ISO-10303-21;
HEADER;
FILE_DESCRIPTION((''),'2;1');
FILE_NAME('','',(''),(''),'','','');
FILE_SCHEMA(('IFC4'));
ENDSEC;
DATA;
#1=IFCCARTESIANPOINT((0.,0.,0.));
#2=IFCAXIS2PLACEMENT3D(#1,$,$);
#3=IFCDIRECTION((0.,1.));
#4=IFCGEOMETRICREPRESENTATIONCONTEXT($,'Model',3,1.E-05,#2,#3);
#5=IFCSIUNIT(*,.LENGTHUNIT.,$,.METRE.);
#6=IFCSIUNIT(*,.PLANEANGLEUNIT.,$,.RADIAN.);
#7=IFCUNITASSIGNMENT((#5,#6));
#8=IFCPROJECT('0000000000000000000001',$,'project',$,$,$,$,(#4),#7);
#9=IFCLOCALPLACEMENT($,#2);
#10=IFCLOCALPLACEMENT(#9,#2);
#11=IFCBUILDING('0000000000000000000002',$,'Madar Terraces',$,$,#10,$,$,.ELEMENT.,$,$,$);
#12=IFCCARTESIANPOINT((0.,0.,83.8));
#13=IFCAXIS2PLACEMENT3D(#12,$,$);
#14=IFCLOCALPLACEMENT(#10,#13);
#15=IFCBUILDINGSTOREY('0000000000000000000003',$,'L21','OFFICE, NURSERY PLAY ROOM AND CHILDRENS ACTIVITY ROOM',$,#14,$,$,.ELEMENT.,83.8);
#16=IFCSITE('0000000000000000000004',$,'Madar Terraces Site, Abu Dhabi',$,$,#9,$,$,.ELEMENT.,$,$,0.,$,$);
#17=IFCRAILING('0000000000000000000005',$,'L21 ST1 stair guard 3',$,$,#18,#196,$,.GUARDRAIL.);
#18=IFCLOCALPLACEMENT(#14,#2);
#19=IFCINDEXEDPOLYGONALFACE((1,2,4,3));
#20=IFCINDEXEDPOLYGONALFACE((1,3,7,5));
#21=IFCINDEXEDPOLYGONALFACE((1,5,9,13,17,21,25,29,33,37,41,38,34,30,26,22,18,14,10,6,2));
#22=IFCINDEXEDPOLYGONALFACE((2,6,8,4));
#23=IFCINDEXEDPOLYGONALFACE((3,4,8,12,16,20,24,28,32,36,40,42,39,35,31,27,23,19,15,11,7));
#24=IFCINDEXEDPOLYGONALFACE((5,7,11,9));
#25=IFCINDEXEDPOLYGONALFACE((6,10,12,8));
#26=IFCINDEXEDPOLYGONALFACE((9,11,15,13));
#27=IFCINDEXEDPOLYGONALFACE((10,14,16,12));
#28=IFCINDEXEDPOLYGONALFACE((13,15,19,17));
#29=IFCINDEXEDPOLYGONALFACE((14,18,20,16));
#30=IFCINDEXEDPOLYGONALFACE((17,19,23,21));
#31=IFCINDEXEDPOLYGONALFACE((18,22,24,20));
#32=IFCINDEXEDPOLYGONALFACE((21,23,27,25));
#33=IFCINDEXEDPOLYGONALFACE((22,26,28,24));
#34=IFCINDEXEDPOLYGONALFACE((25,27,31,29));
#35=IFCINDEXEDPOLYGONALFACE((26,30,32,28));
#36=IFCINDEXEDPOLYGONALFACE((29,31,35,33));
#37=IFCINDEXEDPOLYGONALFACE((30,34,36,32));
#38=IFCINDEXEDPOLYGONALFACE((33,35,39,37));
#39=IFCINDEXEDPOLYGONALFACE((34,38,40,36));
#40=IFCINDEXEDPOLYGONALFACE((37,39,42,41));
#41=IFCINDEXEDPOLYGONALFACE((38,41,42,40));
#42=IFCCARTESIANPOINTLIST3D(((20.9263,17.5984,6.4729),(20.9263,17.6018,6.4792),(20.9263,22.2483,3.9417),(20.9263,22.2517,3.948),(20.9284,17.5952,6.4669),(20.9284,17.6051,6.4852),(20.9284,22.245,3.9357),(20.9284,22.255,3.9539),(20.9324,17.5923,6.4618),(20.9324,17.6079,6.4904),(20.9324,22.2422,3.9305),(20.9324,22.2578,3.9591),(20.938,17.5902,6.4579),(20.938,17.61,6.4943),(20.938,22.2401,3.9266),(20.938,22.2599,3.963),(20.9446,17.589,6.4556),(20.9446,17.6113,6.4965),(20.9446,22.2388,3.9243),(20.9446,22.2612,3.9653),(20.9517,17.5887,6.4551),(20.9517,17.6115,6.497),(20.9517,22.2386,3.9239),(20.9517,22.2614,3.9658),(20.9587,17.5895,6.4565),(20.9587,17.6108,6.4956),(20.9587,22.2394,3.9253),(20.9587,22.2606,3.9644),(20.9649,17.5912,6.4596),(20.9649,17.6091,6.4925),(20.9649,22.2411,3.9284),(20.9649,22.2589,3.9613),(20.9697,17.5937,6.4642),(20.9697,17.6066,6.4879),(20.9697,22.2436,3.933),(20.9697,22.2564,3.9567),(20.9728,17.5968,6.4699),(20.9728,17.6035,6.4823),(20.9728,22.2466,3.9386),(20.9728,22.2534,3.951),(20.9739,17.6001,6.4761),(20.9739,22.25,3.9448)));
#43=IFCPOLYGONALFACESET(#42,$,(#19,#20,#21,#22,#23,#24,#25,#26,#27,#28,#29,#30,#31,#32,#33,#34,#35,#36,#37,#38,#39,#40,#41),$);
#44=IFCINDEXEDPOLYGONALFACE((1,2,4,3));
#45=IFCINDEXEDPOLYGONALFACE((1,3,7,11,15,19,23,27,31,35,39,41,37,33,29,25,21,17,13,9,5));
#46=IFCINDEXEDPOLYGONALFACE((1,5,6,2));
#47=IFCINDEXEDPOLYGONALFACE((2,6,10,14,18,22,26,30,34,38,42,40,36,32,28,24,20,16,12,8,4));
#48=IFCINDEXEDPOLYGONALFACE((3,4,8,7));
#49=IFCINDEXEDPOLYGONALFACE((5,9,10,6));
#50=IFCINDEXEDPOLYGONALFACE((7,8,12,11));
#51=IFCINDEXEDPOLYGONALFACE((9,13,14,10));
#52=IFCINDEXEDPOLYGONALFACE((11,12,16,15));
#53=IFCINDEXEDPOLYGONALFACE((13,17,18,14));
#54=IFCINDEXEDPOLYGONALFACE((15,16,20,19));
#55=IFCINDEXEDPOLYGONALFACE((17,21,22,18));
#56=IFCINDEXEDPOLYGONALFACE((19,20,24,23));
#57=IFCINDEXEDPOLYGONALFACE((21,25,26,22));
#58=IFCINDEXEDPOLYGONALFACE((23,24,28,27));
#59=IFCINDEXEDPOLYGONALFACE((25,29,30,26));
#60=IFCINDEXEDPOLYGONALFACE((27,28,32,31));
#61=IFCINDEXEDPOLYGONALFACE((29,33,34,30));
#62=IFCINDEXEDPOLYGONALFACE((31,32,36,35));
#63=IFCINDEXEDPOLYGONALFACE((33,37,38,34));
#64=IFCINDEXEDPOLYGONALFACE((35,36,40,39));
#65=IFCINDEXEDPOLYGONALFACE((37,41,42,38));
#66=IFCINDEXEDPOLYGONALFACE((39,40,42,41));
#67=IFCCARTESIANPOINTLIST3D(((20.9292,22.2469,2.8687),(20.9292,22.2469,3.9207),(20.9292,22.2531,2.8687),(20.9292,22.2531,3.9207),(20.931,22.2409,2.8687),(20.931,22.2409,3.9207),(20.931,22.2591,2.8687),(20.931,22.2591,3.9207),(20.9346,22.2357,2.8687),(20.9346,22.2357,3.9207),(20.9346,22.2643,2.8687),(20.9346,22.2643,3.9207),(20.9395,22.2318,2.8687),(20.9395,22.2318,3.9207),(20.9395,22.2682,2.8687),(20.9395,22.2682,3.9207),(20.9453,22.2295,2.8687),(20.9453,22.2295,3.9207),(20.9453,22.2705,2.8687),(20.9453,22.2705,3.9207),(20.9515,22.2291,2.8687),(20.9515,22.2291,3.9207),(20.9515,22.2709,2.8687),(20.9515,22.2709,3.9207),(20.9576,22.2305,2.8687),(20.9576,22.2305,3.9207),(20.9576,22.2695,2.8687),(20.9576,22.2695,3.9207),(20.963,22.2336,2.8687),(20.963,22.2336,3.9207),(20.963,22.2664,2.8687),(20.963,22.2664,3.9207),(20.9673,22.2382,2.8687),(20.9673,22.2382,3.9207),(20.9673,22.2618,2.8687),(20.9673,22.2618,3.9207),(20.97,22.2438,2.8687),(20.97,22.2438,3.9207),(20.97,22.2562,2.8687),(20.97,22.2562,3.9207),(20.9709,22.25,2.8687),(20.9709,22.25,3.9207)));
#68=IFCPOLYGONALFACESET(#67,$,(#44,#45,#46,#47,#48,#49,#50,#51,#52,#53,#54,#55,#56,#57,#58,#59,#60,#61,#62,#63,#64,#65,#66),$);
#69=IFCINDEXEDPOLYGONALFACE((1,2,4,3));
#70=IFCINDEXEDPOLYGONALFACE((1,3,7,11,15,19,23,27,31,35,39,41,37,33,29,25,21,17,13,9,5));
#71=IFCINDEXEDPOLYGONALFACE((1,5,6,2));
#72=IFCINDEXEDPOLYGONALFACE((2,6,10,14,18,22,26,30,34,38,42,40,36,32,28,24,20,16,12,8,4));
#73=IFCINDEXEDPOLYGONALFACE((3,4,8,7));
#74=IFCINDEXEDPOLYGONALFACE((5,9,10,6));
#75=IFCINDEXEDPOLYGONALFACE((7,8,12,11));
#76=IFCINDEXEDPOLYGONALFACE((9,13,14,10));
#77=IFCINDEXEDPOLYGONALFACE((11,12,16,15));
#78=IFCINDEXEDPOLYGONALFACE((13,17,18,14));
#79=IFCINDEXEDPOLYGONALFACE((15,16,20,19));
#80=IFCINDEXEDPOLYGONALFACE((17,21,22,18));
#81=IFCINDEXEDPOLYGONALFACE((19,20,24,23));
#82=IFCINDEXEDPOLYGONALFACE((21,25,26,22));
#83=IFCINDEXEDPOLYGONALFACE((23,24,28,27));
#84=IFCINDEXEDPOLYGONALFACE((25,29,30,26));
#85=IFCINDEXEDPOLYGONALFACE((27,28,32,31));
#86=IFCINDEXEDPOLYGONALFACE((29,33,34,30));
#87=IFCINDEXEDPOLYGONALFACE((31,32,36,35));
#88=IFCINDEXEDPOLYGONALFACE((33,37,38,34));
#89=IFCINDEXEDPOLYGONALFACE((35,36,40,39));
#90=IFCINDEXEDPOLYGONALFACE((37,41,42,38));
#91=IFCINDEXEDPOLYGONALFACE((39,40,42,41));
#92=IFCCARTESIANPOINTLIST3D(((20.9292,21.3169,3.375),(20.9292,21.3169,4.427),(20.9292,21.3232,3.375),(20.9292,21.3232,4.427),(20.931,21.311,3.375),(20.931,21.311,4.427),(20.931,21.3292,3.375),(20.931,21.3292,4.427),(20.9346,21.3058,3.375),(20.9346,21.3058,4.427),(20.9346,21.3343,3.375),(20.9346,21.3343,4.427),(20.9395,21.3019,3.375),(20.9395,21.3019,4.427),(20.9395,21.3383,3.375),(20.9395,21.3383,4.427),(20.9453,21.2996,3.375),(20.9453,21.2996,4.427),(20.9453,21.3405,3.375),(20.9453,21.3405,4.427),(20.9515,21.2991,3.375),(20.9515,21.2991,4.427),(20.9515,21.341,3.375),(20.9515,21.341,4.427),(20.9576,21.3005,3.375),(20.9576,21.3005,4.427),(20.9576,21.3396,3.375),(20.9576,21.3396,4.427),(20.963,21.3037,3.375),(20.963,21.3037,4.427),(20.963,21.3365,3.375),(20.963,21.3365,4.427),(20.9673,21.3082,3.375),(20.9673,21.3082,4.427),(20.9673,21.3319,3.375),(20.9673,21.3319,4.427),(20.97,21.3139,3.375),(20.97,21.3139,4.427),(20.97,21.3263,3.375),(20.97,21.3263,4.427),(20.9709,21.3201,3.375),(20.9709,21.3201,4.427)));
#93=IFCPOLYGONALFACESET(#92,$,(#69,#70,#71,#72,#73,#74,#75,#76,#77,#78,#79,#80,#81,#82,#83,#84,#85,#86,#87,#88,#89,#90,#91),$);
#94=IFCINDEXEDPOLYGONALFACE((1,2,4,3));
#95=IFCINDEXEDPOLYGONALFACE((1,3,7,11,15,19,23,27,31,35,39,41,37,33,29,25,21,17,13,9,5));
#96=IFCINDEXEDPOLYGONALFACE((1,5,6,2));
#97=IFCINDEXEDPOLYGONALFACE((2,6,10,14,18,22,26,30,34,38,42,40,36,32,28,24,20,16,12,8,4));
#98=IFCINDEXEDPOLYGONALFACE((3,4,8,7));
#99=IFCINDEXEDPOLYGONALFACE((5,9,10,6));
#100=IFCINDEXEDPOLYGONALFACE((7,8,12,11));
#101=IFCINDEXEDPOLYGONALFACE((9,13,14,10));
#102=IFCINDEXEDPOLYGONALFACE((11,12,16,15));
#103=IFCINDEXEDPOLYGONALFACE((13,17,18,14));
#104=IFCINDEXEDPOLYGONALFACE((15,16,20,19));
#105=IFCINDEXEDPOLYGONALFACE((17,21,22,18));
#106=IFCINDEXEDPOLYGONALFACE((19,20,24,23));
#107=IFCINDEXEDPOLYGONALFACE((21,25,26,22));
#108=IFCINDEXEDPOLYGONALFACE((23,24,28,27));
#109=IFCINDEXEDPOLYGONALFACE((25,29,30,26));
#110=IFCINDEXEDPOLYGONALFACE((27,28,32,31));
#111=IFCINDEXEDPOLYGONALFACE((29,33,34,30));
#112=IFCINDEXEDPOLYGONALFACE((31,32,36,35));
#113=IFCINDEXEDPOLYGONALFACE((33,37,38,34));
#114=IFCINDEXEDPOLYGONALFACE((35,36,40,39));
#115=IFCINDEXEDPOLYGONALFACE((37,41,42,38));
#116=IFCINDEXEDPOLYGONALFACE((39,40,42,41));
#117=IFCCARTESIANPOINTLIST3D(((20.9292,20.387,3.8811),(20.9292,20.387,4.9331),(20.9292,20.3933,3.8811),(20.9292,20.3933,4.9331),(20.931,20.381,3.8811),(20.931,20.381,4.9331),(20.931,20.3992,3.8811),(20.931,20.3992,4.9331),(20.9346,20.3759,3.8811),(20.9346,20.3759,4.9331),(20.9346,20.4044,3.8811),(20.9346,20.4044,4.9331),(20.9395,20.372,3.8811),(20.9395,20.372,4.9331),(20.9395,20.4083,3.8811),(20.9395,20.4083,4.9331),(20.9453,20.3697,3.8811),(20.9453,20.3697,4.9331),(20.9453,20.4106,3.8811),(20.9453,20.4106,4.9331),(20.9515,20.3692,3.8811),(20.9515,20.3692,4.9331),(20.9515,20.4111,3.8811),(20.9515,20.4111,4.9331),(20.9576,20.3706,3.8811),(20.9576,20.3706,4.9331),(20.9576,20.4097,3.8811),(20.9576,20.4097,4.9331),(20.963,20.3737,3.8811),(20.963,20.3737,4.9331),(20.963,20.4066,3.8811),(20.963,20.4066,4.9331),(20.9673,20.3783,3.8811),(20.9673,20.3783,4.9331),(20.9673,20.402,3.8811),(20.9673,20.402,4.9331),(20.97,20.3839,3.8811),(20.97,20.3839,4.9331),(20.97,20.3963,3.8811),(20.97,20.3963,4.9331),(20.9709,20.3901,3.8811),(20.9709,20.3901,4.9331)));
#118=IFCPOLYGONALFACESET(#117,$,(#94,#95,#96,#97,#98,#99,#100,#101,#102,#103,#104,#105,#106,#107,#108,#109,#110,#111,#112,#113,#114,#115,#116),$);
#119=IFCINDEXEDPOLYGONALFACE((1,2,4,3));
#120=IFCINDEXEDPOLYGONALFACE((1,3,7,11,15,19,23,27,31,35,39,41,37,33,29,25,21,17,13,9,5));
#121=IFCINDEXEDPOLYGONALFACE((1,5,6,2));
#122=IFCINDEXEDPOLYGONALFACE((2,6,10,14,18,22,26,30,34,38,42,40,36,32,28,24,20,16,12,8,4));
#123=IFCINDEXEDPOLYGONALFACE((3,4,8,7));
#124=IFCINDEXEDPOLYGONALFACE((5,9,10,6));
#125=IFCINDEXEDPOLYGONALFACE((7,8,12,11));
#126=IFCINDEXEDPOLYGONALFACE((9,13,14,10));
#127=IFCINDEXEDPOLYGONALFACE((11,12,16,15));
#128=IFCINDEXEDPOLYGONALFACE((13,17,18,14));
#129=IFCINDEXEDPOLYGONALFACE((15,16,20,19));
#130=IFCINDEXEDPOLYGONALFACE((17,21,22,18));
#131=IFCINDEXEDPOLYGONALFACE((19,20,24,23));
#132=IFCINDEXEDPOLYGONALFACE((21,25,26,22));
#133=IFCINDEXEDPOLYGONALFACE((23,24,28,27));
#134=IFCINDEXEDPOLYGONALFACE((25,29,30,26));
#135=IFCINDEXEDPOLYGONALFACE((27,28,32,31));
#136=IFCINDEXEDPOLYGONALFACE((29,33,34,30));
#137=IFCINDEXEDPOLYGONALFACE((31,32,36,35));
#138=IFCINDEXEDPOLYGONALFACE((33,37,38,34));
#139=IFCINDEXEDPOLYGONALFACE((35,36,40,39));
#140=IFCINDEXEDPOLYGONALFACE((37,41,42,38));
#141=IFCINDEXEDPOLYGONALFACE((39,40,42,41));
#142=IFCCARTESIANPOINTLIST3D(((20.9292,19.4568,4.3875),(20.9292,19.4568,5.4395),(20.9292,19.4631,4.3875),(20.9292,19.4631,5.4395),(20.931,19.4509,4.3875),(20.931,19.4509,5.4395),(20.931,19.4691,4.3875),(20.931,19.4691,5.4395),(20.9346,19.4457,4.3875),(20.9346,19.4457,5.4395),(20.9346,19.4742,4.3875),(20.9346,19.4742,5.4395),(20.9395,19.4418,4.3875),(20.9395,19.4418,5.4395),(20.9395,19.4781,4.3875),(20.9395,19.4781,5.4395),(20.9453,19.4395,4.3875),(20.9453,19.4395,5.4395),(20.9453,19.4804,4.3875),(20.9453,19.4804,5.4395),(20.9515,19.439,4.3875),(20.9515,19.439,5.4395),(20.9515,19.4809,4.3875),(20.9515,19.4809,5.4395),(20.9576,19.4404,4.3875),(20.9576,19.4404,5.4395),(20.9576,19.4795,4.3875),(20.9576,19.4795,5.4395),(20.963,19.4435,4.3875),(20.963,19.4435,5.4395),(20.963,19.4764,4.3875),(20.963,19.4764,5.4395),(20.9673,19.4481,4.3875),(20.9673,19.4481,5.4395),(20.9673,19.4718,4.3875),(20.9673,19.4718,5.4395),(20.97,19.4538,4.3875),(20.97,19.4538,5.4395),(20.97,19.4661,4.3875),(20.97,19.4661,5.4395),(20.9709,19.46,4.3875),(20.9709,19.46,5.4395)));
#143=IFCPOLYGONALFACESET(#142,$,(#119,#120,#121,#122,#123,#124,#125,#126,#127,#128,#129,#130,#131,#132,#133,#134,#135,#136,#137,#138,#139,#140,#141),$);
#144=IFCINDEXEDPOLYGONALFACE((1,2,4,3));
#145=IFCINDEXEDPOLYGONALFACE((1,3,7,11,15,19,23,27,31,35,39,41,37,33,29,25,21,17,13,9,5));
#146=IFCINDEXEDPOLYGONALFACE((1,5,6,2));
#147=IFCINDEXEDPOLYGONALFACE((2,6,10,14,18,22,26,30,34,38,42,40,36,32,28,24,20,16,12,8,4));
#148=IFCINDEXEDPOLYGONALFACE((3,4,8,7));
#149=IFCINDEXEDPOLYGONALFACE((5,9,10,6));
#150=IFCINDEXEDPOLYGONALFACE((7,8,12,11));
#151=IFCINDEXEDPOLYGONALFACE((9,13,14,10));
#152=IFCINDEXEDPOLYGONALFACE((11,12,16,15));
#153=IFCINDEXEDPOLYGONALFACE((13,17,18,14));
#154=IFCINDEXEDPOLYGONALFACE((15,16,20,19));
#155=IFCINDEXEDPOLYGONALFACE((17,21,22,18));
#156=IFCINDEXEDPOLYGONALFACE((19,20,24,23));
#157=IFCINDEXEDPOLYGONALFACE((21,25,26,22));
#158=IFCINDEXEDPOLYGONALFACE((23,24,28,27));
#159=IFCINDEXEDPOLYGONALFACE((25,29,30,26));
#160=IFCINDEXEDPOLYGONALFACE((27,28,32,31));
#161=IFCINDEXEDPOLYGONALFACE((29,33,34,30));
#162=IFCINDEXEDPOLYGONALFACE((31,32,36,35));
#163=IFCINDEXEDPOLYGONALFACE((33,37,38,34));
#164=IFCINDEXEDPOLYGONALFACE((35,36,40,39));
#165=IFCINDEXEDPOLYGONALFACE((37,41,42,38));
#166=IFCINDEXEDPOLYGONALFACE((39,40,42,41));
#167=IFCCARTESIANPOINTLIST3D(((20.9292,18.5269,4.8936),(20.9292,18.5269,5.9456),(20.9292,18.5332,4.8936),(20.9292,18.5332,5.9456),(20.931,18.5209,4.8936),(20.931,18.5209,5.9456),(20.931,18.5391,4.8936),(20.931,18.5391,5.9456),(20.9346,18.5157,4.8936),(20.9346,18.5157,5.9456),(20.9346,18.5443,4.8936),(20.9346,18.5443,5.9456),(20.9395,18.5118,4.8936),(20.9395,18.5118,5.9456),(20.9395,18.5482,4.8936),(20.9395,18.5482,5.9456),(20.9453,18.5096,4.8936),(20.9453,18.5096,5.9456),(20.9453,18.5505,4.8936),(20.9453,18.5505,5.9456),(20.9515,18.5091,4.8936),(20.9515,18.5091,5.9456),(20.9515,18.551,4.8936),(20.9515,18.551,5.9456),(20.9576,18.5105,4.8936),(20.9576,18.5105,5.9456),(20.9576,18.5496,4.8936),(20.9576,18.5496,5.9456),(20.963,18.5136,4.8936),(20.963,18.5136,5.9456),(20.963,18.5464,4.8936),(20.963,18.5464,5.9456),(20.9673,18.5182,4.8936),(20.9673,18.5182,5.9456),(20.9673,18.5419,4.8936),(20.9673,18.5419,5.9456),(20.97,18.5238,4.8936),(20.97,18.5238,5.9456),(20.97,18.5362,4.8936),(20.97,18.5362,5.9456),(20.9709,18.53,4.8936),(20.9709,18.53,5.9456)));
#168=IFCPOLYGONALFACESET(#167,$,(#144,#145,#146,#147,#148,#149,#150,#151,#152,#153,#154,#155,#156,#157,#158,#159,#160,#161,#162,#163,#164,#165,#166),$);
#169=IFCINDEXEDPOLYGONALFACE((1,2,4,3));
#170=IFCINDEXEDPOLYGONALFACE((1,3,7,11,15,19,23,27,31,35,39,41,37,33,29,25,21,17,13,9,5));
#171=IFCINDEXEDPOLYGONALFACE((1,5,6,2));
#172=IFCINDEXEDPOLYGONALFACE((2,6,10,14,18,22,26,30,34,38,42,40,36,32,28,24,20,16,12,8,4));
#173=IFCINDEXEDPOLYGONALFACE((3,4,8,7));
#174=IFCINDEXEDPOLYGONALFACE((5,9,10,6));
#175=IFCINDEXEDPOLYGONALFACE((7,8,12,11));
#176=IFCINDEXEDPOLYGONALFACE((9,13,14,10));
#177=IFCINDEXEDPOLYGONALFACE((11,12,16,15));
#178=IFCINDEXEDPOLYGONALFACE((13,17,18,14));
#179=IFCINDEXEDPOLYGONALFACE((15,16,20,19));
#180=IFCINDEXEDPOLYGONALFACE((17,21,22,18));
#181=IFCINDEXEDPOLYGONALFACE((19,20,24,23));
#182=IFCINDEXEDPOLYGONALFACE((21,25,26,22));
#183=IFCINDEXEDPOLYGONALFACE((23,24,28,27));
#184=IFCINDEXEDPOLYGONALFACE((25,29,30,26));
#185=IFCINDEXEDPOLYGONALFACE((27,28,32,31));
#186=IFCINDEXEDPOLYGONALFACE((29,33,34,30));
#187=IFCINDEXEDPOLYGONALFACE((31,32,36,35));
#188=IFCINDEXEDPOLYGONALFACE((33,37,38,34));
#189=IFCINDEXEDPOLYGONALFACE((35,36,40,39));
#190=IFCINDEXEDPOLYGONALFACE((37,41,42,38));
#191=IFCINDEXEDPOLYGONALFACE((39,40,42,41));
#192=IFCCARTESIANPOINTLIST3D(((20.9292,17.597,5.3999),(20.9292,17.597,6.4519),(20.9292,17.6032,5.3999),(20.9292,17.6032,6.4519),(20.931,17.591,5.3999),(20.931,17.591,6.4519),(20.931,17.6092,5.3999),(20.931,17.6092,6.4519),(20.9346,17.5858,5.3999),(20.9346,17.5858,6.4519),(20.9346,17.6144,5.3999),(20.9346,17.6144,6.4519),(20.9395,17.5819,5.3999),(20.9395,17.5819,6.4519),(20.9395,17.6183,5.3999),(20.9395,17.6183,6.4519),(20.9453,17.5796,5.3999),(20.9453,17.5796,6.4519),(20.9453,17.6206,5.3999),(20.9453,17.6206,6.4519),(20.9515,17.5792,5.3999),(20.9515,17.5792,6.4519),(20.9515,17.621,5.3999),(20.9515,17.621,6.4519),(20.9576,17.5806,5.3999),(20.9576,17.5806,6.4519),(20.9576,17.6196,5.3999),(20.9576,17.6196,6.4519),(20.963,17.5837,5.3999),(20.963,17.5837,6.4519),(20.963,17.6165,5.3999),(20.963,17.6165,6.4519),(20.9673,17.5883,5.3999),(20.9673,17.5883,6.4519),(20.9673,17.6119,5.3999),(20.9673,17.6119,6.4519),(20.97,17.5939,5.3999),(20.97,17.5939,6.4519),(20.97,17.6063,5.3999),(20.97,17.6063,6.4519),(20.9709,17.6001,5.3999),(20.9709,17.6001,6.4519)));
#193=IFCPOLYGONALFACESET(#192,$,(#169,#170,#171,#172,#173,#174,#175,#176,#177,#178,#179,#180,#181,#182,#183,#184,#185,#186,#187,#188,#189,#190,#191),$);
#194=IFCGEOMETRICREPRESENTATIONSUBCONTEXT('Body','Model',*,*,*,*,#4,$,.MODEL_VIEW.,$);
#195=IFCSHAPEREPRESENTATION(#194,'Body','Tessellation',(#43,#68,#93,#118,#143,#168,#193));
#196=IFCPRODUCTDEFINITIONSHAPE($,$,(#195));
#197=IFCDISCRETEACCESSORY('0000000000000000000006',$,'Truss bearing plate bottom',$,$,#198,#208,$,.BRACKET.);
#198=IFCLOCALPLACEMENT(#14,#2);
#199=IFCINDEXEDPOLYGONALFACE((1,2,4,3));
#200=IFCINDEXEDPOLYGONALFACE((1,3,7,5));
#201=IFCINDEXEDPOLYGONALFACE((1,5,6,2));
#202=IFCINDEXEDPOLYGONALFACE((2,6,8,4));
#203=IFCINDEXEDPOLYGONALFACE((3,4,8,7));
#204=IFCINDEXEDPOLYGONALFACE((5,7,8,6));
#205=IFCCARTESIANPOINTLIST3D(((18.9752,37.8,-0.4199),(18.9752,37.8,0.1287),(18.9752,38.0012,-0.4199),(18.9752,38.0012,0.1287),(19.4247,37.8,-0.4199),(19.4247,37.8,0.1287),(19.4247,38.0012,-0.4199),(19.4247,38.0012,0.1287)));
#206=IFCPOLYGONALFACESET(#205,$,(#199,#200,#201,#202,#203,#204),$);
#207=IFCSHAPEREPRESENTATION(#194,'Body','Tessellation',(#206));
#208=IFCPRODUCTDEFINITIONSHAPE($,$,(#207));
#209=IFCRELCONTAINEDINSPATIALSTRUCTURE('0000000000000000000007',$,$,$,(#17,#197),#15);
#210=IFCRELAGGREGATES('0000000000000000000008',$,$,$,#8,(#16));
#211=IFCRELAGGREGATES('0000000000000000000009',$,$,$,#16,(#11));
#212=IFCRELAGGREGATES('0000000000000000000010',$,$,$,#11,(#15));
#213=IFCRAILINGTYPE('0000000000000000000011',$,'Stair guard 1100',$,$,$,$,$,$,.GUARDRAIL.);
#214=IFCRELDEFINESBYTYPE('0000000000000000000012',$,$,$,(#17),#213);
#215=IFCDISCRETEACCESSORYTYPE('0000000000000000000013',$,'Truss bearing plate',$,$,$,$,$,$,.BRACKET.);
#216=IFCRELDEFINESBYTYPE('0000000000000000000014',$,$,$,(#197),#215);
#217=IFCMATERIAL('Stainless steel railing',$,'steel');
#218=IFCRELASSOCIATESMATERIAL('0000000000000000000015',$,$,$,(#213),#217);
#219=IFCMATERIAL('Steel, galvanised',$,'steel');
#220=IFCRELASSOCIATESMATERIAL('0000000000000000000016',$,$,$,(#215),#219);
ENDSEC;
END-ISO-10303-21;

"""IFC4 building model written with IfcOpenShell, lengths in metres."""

from ifc_helpers import new_model, si_unit, direction, frame, origin, origin_2d, place, context, subcontext, project, spatial, rectangle, circle, extrude, material, type_object, element, save


model = new_model("IFC4")

# Units and contexts
model_context = context("Model", 3, precision=1e-05, world=origin(), true_north=direction((0.0, 1.0)))
body_context = subcontext(model_context, "Body", "Model", "MODEL_VIEW")
ifc_project = project(units=[si_unit("LENGTHUNIT", "METRE"), si_unit("PLANEANGLEUNIT", "RADIAN")], contexts=[model_context])

# Site, building, storey
site_placement = place(None, origin())
site = spatial("IfcSite", under=ifc_project, at=site_placement, Name="Madar Terraces Site, Abu Dhabi", CompositionType="ELEMENT", RefElevation=0.0)
building_placement = place(site_placement, origin())
building = spatial("IfcBuilding", under=site, at=building_placement, Name="Madar Terraces", CompositionType="ELEMENT")
storey_placement = place(building_placement, frame((0.0, 0.0, 83.8)))
storey = spatial("IfcBuildingStorey", under=building, at=storey_placement, Name="L21", Description="OFFICE, NURSERY PLAY ROOM AND CHILDRENS ACTIVITY ROOM", CompositionType="ELEMENT", Elevation=83.8)

# Railing
ifc_material_1 = material(Name="Stainless steel railing", Category="steel")
railing_type_1 = type_object("IfcRailingType", Name="Stair guard 1100", PredefinedType="GUARDRAIL", material=ifc_material_1)
railing_1_placement = place(storey_placement, frame((20.95, 22.25, 2.8687)))
element("IfcRailing", 1, at=railing_1_placement, inside=storey, type_object=railing_type_1, Name="L21 ST1 stair guard 3", PredefinedType="GUARDRAIL", context=body_context, shape_type="SweptSolid", body=[
    extrude(circle(Radius=0.0239, at=origin_2d()), frame((0.0, 0.0, 1.0762), z_axis=(0.0, -0.878297, 0.478115), x_axis=(1.0, 0.0, 0.0)), (0.0, 0.0, 1.0), 5.2942),
    extrude(circle(Radius=0.021, at=origin_2d()), origin(), (0.0, 0.0, 1.0), 1.052),
    extrude(circle(Radius=0.021, at=origin_2d()), frame((0.0, -0.9299, 0.5063)), (0.0, 0.0, 1.0), 1.052),
    extrude(circle(Radius=0.021, at=origin_2d()), frame((0.0, -1.8599, 1.0125)), (0.0, 0.0, 1.0), 1.052),
    extrude(circle(Radius=0.021, at=origin_2d()), frame((0.0, -2.79, 1.5188)), (0.0, 0.0, 1.0), 1.052),
    extrude(circle(Radius=0.021, at=origin_2d()), frame((0.0, -3.72, 2.0249)), (0.0, 0.0, 1.0), 1.052),
    extrude(circle(Radius=0.021, at=origin_2d()), frame((0.0, -4.6499, 2.5312)), (0.0, 0.0, 1.0), 1.052),
])

# Discrete accessory
ifc_material_2 = material(Name="Steel, galvanised", Category="steel")
discrete_accessory_type = type_object("IfcDiscreteAccessoryType", Name="Truss bearing plate", PredefinedType="BRACKET", material=ifc_material_2)
discrete_accessory_1_placement = place(storey_placement, frame((19.2, 37.9006, -0.4199), z_axis=(0.0, 0.0, 1.0), x_axis=(1.0, 0.0, 0.0)))
element("IfcDiscreteAccessory", 2, at=discrete_accessory_1_placement, inside=storey, type_object=discrete_accessory_type, Name="Truss bearing plate bottom", PredefinedType="BRACKET", context=body_context, shape_type="SweptSolid", body=[
    extrude(rectangle(XDim=0.4495, YDim=0.2012, at=origin_2d()), origin(), (0.0, 0.0, 1.0), 0.5486),
])

save(model, "model.ifc")
